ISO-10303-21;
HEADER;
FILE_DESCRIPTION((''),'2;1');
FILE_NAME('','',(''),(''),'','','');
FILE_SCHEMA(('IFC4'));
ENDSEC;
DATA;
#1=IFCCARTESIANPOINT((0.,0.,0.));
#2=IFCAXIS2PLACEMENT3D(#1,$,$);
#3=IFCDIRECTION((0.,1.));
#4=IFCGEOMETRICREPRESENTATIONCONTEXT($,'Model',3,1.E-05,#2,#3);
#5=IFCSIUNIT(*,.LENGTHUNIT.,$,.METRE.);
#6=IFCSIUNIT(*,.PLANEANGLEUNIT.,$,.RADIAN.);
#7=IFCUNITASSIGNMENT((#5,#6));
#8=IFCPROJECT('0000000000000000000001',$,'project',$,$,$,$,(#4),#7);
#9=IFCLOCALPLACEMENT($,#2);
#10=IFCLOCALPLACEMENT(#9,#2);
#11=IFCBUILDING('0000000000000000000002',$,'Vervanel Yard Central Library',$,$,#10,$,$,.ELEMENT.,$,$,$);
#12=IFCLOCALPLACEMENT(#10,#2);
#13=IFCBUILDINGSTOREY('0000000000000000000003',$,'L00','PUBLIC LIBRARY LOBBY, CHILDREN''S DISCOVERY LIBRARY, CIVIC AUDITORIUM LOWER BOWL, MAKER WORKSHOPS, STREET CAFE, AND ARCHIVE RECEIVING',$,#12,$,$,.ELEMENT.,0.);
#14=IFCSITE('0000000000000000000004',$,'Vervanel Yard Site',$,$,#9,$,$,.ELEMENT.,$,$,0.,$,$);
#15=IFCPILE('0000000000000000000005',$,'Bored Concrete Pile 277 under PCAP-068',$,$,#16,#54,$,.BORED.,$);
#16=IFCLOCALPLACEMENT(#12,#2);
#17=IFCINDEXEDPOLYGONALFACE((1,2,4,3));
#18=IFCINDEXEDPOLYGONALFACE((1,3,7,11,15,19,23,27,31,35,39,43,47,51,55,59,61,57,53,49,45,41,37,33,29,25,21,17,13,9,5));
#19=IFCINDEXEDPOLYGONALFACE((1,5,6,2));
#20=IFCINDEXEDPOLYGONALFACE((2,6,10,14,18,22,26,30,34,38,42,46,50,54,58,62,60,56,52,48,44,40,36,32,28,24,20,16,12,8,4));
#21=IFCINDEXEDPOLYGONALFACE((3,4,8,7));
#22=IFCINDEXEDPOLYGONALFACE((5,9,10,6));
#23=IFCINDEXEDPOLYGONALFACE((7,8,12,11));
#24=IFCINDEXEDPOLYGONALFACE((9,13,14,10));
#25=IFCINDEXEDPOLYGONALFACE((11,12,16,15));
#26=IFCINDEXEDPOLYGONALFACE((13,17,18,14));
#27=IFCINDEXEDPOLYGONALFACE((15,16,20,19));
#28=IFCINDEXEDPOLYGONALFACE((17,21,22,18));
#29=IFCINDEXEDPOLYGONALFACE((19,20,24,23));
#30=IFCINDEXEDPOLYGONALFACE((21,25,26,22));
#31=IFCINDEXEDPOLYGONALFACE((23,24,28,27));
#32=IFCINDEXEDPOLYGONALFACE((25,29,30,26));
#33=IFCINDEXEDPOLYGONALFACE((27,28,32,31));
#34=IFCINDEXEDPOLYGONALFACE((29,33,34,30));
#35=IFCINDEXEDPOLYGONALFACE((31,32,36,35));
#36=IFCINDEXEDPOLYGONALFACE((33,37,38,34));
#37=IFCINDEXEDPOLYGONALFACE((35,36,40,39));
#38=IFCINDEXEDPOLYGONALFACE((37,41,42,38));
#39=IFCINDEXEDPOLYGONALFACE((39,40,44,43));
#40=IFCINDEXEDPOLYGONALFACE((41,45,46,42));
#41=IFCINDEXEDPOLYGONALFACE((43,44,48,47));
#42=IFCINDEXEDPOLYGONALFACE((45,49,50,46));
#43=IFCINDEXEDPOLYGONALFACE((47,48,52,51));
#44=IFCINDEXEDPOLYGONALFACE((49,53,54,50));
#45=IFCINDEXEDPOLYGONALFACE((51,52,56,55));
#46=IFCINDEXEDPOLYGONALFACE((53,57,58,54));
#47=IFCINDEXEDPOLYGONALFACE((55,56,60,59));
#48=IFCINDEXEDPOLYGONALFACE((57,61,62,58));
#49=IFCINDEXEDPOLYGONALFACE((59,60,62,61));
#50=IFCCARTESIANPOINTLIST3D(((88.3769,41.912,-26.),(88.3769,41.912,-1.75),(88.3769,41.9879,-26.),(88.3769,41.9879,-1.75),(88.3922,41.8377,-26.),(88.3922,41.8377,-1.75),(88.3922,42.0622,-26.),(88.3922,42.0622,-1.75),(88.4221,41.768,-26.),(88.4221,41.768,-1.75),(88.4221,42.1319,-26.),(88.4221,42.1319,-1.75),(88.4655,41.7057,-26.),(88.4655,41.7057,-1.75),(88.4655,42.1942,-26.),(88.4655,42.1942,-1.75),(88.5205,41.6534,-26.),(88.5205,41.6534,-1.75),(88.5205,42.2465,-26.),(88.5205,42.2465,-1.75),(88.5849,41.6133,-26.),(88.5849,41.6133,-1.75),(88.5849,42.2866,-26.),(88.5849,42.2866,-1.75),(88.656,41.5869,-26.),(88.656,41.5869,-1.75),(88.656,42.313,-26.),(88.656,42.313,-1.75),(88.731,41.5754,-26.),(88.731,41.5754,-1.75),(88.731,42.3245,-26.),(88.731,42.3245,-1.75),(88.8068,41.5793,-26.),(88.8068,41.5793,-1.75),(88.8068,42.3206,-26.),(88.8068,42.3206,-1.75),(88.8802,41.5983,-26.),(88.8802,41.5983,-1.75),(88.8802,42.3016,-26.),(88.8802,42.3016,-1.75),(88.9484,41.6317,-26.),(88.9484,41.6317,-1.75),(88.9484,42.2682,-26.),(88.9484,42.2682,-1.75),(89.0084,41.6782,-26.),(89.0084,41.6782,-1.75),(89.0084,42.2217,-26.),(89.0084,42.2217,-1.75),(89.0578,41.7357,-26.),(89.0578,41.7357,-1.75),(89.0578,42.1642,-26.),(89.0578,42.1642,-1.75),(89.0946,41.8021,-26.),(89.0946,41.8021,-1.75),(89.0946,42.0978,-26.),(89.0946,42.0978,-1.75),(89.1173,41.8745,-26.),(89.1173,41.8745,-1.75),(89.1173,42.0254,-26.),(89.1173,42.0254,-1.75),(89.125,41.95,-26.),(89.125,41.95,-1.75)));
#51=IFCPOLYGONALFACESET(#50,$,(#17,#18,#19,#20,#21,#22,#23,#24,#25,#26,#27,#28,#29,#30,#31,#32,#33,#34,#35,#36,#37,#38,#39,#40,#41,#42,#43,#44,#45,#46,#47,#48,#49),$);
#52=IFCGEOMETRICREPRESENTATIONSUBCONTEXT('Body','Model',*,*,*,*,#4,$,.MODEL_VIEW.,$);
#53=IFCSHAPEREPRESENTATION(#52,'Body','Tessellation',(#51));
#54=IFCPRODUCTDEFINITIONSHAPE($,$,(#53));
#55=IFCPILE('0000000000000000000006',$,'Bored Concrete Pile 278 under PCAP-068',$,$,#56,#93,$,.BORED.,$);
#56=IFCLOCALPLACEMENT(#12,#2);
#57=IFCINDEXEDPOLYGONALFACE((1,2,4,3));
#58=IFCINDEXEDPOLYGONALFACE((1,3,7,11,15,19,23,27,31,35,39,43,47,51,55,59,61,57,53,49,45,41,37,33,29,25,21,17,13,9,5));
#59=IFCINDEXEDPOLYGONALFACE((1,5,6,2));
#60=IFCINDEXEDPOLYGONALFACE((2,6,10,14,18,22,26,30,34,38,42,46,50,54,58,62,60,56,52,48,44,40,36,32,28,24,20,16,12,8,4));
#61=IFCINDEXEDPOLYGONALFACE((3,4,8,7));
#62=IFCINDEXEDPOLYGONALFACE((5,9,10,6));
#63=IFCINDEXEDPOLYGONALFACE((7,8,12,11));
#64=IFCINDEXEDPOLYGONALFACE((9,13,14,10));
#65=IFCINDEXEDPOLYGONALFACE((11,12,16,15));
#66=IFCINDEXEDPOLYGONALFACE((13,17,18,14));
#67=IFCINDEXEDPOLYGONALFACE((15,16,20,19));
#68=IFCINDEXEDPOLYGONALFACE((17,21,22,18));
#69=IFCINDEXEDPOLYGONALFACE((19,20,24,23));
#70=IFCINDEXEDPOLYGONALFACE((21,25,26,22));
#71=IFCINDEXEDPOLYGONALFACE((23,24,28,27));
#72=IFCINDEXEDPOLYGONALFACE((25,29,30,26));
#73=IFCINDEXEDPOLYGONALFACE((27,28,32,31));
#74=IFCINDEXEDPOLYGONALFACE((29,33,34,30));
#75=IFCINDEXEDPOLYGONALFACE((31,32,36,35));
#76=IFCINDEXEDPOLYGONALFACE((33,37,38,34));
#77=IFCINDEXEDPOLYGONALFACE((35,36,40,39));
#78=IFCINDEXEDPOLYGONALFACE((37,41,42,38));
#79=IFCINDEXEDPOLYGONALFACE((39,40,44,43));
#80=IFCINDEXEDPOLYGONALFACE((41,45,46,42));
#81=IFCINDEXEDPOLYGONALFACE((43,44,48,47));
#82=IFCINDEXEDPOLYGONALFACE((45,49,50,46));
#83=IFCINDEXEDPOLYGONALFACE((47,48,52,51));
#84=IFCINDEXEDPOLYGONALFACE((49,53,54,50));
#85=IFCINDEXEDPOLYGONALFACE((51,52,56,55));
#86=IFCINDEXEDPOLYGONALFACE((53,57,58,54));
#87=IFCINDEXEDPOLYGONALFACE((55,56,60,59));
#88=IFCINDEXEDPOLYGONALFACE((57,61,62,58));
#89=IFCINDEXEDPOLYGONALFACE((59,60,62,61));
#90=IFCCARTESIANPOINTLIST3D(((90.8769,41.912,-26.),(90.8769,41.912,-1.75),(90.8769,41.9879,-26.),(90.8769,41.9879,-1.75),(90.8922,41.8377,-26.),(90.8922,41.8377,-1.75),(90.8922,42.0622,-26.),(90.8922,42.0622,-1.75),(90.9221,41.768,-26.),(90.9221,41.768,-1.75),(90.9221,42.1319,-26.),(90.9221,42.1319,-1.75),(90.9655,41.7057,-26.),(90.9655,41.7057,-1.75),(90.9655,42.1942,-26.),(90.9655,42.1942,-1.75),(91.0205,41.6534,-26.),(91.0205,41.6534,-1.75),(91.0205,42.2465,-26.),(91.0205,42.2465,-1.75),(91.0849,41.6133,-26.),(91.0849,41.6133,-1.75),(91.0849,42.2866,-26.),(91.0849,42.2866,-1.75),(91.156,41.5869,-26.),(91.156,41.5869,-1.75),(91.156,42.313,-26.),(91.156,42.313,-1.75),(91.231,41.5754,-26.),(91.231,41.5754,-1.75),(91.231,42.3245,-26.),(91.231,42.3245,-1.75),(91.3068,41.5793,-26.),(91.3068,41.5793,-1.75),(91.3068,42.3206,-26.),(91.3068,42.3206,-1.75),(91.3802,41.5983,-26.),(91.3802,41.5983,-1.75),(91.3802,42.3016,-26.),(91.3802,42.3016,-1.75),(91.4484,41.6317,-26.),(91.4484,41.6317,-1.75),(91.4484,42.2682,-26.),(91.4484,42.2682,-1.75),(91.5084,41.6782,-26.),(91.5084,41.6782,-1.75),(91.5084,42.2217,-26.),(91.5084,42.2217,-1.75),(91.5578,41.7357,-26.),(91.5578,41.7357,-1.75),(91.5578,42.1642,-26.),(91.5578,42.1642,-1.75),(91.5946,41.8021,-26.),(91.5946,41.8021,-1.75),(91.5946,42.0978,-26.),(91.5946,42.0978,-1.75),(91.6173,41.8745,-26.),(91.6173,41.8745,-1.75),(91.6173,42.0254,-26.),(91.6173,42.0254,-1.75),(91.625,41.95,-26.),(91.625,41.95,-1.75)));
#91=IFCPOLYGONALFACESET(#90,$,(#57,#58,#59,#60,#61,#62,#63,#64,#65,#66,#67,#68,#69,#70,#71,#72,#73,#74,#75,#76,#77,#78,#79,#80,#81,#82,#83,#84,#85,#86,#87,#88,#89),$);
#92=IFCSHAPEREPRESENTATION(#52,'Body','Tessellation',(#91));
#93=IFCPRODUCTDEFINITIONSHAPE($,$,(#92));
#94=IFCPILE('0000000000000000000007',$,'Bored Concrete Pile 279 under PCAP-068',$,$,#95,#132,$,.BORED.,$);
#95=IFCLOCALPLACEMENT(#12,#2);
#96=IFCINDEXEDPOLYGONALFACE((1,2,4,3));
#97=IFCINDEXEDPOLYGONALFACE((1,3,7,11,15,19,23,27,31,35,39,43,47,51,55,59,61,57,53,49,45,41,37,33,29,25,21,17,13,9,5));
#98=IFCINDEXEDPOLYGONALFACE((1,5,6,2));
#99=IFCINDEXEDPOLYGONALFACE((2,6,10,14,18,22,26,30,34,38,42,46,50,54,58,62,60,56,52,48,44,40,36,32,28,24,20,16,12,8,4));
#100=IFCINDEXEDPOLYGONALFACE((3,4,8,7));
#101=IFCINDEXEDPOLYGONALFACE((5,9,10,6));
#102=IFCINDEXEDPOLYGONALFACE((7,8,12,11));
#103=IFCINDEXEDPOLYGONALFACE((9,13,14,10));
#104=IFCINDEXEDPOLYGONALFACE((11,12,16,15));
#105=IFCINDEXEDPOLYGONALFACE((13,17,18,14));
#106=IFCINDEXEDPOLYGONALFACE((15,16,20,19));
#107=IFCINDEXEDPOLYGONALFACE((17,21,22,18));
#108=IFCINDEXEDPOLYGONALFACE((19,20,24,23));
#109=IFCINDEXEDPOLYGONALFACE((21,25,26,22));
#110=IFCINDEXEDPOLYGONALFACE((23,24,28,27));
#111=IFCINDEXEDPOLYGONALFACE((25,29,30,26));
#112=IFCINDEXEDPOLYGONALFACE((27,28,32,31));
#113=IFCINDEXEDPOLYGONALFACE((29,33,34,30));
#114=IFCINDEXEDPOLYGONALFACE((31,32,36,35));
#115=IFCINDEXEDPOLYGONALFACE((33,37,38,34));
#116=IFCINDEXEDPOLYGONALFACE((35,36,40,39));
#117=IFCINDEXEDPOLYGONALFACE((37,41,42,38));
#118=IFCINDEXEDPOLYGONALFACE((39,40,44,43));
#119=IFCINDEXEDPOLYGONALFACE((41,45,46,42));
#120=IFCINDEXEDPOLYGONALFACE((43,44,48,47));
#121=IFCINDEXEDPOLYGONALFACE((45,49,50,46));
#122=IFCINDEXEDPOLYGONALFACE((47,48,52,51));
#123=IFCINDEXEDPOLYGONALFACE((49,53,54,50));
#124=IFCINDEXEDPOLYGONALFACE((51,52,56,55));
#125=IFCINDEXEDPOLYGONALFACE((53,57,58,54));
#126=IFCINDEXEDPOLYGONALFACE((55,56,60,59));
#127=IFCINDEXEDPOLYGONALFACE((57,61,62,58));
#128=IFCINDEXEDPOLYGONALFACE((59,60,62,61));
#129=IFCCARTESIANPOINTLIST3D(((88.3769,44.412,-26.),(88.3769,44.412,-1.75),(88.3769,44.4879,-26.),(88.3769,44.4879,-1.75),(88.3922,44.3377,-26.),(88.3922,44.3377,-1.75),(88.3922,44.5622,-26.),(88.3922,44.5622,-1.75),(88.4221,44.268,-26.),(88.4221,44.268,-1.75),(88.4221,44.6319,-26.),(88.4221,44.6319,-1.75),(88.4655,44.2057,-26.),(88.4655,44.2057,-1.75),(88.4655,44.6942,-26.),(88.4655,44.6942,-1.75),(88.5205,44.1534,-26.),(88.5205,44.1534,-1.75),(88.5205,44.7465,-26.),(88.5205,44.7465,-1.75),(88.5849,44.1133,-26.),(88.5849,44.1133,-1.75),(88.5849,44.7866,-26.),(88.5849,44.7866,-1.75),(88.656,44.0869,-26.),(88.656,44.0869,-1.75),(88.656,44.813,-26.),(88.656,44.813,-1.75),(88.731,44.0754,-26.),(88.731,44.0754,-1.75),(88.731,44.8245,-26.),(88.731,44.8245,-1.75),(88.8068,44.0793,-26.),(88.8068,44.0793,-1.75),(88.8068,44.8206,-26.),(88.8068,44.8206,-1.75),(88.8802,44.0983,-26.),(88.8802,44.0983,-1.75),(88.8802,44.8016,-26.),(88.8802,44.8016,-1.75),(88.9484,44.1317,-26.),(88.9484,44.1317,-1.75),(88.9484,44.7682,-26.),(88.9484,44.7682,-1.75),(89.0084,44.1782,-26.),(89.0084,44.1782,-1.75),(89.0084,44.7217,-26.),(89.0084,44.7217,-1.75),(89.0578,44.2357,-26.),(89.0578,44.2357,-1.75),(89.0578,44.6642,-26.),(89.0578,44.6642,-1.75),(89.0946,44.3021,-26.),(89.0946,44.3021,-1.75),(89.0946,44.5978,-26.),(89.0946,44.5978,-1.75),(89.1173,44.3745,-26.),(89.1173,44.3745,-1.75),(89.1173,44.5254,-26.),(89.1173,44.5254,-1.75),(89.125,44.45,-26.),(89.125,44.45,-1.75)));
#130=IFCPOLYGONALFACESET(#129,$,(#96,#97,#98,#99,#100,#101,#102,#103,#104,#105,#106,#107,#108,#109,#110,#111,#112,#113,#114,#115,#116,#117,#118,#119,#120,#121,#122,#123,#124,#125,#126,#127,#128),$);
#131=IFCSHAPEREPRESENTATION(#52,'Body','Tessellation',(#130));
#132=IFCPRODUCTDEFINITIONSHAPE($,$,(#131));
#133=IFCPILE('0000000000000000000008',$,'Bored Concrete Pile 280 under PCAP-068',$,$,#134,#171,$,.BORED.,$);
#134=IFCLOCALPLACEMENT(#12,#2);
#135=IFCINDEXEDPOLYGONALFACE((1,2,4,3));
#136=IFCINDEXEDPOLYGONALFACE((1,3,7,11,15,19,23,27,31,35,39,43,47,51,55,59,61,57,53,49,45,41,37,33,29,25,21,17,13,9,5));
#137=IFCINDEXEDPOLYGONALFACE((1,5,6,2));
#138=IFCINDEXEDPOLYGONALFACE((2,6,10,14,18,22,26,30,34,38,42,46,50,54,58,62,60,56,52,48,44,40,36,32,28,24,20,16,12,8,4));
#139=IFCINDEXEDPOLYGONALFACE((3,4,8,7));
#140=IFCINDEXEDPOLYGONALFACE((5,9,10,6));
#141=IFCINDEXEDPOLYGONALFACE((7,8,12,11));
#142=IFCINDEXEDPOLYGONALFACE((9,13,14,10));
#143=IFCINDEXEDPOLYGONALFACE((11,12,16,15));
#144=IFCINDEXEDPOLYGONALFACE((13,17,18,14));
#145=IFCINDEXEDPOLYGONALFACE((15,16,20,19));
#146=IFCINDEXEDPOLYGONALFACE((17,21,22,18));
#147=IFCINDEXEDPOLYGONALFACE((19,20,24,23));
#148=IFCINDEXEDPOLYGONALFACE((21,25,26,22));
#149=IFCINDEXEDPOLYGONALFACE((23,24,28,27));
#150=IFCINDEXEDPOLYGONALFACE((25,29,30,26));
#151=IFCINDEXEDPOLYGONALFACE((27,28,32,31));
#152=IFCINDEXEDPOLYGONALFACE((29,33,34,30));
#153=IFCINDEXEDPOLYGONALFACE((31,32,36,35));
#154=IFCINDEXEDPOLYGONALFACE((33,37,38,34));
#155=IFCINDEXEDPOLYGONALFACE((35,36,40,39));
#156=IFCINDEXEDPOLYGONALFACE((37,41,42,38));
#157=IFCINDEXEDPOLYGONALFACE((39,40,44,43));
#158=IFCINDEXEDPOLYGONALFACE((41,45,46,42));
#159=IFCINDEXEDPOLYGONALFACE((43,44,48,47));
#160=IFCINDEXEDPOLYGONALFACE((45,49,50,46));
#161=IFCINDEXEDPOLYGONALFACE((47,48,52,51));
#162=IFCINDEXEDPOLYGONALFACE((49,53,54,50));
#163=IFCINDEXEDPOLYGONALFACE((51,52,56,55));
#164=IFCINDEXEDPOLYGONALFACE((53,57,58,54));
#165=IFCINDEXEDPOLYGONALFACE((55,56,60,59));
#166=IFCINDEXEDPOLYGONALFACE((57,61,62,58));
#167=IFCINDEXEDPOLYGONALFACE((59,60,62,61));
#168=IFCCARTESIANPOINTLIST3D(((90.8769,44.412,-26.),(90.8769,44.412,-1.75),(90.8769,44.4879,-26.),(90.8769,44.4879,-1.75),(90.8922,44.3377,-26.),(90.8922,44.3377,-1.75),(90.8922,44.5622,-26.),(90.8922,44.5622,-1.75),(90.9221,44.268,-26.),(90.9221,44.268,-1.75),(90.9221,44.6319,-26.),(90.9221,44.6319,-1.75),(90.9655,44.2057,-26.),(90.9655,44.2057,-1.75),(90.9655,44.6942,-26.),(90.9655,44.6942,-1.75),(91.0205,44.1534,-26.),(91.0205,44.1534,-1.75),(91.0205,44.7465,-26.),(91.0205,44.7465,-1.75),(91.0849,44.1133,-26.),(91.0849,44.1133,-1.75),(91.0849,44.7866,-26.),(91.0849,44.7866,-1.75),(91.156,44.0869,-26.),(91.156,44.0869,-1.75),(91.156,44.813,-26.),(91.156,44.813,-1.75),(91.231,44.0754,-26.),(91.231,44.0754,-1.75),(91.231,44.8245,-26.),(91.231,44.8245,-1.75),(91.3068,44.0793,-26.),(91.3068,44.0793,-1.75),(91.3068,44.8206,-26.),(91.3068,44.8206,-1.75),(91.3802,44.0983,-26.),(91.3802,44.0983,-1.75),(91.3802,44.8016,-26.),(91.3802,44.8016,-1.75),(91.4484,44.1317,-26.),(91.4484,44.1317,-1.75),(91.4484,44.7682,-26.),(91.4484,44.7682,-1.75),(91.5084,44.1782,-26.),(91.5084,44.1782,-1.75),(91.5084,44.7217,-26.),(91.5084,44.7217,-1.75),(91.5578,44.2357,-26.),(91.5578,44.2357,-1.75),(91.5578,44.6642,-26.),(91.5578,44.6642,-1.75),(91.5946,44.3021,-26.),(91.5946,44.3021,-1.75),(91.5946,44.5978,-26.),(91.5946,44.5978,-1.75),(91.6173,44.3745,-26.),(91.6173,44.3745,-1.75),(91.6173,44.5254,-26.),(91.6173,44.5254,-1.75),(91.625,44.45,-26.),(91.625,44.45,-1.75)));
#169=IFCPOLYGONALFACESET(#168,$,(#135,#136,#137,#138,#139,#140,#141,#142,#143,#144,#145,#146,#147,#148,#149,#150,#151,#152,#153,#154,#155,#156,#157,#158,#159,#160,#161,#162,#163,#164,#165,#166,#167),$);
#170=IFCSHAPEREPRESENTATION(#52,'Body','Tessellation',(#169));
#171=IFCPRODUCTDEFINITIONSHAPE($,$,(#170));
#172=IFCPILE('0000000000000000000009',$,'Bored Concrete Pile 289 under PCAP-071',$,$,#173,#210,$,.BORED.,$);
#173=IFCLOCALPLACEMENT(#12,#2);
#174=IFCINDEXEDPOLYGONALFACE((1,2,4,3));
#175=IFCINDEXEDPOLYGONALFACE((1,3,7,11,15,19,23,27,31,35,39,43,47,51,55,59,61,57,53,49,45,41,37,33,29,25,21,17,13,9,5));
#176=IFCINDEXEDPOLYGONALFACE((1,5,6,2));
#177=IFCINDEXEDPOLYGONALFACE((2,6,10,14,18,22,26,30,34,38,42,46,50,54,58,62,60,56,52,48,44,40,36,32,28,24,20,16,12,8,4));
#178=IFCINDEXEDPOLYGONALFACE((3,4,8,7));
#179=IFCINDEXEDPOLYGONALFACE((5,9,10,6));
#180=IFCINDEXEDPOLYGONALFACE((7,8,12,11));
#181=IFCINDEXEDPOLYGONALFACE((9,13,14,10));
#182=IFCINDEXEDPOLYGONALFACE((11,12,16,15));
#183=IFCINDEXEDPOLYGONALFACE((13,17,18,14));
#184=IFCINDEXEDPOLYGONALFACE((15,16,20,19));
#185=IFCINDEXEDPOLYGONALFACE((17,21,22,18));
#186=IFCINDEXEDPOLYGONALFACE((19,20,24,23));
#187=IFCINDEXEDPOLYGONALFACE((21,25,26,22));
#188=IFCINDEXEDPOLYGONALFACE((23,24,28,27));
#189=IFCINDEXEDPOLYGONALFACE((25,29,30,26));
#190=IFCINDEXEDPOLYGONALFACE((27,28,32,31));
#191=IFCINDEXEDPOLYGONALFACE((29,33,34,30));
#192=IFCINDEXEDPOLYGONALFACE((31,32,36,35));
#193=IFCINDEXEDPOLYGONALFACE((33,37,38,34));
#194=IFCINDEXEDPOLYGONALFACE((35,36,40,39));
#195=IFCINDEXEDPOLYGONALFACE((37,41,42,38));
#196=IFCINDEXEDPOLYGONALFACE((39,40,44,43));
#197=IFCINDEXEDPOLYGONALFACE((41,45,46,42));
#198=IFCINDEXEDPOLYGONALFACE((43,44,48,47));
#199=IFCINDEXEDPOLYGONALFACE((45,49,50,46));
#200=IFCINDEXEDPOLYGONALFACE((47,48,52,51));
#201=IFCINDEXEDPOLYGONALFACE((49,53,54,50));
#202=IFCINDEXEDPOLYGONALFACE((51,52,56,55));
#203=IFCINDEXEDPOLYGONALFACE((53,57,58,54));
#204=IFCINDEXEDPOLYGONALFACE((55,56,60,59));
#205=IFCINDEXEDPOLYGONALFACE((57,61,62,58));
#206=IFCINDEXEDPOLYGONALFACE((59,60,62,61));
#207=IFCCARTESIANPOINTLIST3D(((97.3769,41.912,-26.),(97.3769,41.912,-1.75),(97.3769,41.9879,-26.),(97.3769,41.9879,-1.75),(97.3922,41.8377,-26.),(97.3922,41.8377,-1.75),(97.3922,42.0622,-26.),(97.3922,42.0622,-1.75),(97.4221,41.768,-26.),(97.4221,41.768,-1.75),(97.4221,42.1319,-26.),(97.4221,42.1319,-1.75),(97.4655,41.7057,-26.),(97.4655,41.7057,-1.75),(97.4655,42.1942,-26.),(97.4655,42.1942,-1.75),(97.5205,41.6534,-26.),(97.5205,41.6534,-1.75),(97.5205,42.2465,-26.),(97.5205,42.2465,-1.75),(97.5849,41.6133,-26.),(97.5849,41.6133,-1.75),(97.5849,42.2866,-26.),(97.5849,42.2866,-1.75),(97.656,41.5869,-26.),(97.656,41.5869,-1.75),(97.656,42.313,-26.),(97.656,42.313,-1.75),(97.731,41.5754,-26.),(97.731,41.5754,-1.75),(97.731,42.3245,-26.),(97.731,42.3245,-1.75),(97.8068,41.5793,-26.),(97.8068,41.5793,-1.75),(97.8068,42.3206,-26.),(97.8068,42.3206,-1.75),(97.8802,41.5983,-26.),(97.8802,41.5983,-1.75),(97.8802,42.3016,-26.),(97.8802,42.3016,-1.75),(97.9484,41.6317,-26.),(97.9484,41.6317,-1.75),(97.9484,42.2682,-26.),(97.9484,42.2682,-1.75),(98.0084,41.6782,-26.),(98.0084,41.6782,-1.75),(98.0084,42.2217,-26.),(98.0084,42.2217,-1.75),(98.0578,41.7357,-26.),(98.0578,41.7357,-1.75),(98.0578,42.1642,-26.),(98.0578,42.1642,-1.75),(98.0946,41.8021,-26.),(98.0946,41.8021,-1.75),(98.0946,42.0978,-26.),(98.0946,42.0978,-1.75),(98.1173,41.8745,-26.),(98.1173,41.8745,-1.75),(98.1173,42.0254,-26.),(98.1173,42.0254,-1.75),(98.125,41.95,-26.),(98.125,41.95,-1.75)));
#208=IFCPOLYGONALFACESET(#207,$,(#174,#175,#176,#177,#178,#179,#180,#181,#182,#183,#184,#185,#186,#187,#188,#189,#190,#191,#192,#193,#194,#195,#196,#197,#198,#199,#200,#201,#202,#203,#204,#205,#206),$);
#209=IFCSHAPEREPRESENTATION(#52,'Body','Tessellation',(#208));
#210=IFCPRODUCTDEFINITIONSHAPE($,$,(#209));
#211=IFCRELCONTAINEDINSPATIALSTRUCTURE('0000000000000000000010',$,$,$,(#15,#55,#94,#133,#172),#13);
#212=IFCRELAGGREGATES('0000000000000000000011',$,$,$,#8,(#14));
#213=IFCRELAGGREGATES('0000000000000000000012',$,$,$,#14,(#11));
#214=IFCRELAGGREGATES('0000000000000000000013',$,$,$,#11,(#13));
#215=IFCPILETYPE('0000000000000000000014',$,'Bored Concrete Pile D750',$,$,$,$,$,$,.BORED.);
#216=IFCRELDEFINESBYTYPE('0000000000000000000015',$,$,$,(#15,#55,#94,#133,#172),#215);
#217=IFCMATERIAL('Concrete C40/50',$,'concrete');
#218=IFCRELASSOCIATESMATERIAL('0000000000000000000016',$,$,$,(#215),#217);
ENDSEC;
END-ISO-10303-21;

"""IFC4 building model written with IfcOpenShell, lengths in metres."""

from ifc_helpers import new_model, si_unit, direction, frame, origin, origin_2d, place, context, subcontext, project, spatial, circle, extrude, material, material_profile, profile_set, type_object, element, save


model = new_model("IFC4")

# Units and contexts
model_context = context("Model", 3, precision=1e-05, world=origin(), true_north=direction((0.0, 1.0)))
body_context = subcontext(model_context, "Body", "Model", "MODEL_VIEW")
ifc_project = project(units=[si_unit("LENGTHUNIT", "METRE"), si_unit("PLANEANGLEUNIT", "RADIAN")], contexts=[model_context])

# Site, building, storey
site_placement = place(None, origin())
site = spatial("IfcSite", under=ifc_project, at=site_placement, Name="Vervanel Yard Site", CompositionType="ELEMENT", RefElevation=0.0)
building_placement = place(site_placement, origin())
building = spatial("IfcBuilding", under=site, at=building_placement, Name="Vervanel Yard Central Library", CompositionType="ELEMENT")
storey_placement = place(building_placement, origin())
storey = spatial("IfcBuildingStorey", under=building, at=storey_placement, Name="L00", Description="PUBLIC LIBRARY LOBBY, CHILDREN'S DISCOVERY LIBRARY, CIVIC AUDITORIUM LOWER BOWL, MAKER WORKSHOPS, STREET CAFE, AND ARCHIVE RECEIVING", CompositionType="ELEMENT", Elevation=0.0)

# Piles
ifc_material_1 = material(Name="Concrete C40/50", Category="concrete")
ifc_material_profile_1 = material_profile(ifc_material_1, circle(Radius=0.375, at=origin_2d()), Name="BP D750", Category="concrete")
ifc_profile_set_1 = profile_set([ifc_material_profile_1], Name="Concrete C40/50")
pile_type_1 = type_object("IfcPileType", Name="Bored Concrete Pile D750", PredefinedType="BORED", material=ifc_profile_set_1)
for number, where, z_axis, x_axis, name in (
    (1, (88.75, 41.95, -1.75), (0.0, 0.0, -1.0), (1.0, 0.0, 0.0), "Bored Concrete Pile 277 under PCAP-068"),
    (2, (91.25, 41.95, -1.75), (0.0, 0.0, -1.0), (1.0, 0.0, 0.0), "Bored Concrete Pile 278 under PCAP-068"),
    (3, (88.75, 44.45, -1.75), (0.0, 0.0, -1.0), (1.0, 0.0, 0.0), "Bored Concrete Pile 279 under PCAP-068"),
    (4, (91.25, 44.45, -1.75), (0.0, 0.0, -1.0), (1.0, 0.0, 0.0), "Bored Concrete Pile 280 under PCAP-068"),
    (5, (97.75, 41.95, -1.75), (0.0, 0.0, -1.0), (1.0, 0.0, 0.0), "Bored Concrete Pile 289 under PCAP-071"),
):
    element("IfcPile", number, at=place(storey_placement, frame(where, z_axis=z_axis, x_axis=x_axis)), inside=storey, type_object=pile_type_1, Name=name, PredefinedType="BORED", context=body_context, shape_type="SweptSolid", body=[
        extrude(circle(Radius=0.375, at=origin_2d()), origin(), (0.0, 0.0, 1.0), 24.25),
    ])

save(model, "model.ifc")
